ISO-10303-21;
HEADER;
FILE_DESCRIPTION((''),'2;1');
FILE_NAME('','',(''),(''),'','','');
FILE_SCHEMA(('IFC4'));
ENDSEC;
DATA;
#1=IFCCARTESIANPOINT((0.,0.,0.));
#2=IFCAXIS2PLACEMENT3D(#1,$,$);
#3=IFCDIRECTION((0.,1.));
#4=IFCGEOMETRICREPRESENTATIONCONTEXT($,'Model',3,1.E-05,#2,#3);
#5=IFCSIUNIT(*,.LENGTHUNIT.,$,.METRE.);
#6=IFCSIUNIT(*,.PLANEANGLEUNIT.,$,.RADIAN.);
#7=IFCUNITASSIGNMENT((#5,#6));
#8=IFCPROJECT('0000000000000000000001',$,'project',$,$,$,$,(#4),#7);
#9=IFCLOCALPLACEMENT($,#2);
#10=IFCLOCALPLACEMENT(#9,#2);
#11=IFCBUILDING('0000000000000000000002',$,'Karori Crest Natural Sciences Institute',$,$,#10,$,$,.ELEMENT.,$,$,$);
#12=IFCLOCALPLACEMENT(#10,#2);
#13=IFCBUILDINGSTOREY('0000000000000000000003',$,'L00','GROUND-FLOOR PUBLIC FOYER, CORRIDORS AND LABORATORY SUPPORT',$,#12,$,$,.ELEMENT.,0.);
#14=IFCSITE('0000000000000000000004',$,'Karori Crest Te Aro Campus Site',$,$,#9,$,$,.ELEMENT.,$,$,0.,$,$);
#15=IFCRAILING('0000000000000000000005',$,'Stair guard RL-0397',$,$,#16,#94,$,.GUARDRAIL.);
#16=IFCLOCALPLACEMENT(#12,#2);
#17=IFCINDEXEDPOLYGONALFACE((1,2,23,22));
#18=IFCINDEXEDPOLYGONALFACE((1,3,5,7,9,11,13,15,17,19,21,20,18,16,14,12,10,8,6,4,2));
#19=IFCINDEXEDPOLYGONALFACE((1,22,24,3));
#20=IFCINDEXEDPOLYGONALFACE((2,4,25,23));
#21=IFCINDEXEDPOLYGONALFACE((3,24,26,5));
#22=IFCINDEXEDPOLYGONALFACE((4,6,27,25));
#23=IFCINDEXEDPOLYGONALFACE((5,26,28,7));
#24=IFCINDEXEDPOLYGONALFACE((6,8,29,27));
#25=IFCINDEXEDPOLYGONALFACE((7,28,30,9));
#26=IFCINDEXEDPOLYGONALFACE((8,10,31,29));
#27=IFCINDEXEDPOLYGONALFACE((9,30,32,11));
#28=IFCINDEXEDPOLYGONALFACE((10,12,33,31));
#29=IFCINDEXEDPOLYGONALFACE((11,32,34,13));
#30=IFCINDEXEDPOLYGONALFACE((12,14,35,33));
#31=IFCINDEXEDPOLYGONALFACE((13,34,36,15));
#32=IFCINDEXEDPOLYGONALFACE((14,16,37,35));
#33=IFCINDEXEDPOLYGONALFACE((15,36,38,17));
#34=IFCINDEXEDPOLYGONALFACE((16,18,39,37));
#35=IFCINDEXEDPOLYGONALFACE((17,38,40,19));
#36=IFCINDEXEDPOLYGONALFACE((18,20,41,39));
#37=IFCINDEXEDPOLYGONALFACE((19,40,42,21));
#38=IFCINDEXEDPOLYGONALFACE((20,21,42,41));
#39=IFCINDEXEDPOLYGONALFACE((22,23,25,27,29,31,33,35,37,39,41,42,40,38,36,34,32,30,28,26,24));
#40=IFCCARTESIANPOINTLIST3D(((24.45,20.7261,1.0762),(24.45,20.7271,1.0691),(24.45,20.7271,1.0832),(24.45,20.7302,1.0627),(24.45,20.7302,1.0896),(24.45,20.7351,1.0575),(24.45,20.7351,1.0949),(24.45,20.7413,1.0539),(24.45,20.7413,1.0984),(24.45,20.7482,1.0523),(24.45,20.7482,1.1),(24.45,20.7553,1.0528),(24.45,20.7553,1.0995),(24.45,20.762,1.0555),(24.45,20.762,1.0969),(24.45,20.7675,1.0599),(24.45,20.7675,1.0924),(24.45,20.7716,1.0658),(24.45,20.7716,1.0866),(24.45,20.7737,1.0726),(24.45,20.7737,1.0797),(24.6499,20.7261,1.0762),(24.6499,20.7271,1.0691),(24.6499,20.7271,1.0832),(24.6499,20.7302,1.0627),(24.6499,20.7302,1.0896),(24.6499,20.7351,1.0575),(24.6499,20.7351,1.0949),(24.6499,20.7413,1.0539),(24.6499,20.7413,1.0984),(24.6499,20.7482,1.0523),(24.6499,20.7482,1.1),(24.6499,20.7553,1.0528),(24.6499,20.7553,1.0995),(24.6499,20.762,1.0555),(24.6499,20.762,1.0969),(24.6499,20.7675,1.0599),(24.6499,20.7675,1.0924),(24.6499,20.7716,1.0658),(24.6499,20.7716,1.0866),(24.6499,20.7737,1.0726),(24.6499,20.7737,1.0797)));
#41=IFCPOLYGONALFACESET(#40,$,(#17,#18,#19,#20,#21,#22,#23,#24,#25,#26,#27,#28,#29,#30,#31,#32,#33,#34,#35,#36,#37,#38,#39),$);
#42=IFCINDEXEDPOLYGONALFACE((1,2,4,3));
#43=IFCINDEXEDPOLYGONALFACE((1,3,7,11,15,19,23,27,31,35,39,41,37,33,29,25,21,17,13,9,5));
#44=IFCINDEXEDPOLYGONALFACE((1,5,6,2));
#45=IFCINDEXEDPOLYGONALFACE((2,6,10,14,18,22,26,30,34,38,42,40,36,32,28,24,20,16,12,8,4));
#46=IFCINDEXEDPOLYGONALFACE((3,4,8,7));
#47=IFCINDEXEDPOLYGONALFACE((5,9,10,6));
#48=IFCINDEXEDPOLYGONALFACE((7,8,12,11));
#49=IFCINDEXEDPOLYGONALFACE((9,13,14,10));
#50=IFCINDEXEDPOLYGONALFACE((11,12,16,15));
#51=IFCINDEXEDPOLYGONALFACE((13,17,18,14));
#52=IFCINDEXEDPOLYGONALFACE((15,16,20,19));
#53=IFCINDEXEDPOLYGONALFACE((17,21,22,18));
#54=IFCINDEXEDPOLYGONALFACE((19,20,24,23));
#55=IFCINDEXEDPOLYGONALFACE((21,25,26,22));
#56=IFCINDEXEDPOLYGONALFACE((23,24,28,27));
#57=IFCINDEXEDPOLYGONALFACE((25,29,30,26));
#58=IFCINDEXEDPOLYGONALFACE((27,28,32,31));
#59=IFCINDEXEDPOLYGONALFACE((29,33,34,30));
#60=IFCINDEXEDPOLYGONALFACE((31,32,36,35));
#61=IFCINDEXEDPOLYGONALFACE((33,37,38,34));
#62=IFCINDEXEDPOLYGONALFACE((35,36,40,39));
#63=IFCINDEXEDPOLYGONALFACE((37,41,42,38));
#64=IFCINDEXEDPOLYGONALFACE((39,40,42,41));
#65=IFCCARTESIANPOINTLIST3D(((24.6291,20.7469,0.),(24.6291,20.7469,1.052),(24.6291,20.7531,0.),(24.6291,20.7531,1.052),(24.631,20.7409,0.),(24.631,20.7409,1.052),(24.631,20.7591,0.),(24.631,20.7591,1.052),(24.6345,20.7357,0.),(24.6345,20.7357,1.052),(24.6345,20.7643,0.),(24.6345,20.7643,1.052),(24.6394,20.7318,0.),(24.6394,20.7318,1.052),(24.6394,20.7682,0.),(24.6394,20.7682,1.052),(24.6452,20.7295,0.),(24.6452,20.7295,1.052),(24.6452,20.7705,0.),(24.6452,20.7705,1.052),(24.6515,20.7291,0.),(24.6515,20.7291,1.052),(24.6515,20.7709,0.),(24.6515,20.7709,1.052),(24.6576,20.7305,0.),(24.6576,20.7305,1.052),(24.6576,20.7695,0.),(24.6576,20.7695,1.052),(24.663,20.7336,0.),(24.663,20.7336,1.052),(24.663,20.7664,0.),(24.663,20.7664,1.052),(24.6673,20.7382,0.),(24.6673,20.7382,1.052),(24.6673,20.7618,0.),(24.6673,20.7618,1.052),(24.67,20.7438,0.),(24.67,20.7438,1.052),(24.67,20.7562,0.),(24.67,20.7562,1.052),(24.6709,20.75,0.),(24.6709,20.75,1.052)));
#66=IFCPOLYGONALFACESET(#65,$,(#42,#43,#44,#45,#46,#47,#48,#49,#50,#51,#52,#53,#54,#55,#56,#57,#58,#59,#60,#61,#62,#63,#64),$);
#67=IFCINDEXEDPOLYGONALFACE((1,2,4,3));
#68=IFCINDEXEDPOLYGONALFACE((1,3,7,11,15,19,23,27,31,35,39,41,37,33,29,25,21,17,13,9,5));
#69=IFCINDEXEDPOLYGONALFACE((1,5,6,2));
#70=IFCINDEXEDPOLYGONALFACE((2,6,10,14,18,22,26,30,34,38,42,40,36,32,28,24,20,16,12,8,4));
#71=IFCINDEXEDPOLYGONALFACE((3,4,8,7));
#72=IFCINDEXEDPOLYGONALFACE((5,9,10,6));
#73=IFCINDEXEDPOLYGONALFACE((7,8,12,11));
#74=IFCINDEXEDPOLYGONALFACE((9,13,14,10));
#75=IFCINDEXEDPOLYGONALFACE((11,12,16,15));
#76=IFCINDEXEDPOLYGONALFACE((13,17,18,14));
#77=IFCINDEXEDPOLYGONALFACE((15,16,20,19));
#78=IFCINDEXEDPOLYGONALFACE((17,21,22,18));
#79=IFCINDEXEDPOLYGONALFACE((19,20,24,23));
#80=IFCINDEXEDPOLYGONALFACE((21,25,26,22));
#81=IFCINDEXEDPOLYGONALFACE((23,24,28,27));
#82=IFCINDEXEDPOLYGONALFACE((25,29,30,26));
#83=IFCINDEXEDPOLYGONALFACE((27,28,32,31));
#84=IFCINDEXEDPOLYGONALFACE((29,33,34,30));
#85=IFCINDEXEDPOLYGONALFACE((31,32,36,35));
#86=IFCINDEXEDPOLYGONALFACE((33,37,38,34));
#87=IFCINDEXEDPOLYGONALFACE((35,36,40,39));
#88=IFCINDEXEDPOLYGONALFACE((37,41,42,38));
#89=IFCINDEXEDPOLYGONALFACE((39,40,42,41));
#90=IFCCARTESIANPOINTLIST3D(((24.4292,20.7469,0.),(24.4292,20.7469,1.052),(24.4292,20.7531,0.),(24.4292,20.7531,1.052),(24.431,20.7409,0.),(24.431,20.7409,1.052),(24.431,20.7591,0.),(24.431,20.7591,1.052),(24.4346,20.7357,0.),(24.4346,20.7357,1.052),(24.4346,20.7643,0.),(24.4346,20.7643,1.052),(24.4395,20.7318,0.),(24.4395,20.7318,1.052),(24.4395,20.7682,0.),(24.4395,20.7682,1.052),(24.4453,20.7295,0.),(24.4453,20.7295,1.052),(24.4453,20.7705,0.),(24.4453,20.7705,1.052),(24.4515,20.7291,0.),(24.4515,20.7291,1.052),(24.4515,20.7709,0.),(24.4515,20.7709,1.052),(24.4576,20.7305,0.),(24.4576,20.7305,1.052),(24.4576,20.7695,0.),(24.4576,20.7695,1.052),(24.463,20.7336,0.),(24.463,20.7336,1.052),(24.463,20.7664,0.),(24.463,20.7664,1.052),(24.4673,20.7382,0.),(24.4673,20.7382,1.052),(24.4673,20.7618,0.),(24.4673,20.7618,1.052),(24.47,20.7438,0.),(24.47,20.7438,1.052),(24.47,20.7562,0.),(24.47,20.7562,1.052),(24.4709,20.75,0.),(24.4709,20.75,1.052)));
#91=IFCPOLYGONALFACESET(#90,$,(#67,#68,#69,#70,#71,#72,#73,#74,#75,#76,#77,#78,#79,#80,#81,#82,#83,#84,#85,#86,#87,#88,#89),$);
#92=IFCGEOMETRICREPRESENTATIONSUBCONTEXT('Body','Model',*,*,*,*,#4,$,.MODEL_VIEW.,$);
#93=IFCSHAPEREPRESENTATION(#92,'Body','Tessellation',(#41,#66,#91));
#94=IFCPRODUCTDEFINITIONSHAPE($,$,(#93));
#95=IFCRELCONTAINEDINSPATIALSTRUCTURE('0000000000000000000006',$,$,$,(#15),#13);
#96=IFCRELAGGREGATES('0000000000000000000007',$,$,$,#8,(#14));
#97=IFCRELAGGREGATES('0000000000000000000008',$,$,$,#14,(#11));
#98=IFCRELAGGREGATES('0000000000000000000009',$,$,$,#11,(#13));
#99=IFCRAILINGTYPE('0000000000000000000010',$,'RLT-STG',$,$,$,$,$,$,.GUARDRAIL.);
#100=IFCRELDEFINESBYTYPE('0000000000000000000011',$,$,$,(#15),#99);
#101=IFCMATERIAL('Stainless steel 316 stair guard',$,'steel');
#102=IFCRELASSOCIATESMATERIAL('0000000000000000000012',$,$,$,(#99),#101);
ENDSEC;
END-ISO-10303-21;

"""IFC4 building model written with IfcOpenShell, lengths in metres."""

from ifc_helpers import new_model, si_unit, direction, frame, origin, origin_2d, place, context, subcontext, project, spatial, circle, extrude, material, type_object, element, save


model = new_model("IFC4")

# Units and contexts
model_context = context("Model", 3, precision=1e-05, world=origin(), true_north=direction((0.0, 1.0)))
body_context = subcontext(model_context, "Body", "Model", "MODEL_VIEW")
ifc_project = project(units=[si_unit("LENGTHUNIT", "METRE"), si_unit("PLANEANGLEUNIT", "RADIAN")], contexts=[model_context])

# Site, building, storey
site_placement = place(None, origin())
site = spatial("IfcSite", under=ifc_project, at=site_placement, Name="Karori Crest Te Aro Campus Site", CompositionType="ELEMENT", RefElevation=0.0)
building_placement = place(site_placement, origin())
building = spatial("IfcBuilding", under=site, at=building_placement, Name="Karori Crest Natural Sciences Institute", CompositionType="ELEMENT")
storey_placement = place(building_placement, origin())
storey = spatial("IfcBuildingStorey", under=building, at=storey_placement, Name="L00", Description="GROUND-FLOOR PUBLIC FOYER, CORRIDORS AND LABORATORY SUPPORT", CompositionType="ELEMENT", Elevation=0.0)

# Railing
ifc_material_1 = material(Name="Stainless steel 316 stair guard", Category="steel")
railing_type_1 = type_object("IfcRailingType", Name="RLT-STG", PredefinedType="GUARDRAIL", material=ifc_material_1)
railing_1_placement = place(storey_placement, frame((24.6499, 20.75, 0.0)))
element("IfcRailing", 1, at=railing_1_placement, inside=storey, type_object=railing_type_1, Name="Stair guard RL-0397", PredefinedType="GUARDRAIL", context=body_context, shape_type="SweptSolid", body=[
    extrude(circle(Radius=0.0239, at=origin_2d()), frame((0.0, 0.0, 1.0762), z_axis=(-1.0, 0.0, 0.0), x_axis=(0.0, -1.0, 0.0)), (0.0, 0.0, 1.0), 0.2),
    extrude(circle(Radius=0.021, at=origin_2d()), origin(), (0.0, 0.0, 1.0), 1.052),
    extrude(circle(Radius=0.021, at=origin_2d()), frame((-0.2, 0.0, 0.0)), (0.0, 0.0, 1.0), 1.052),
])

save(model, "model.ifc")
